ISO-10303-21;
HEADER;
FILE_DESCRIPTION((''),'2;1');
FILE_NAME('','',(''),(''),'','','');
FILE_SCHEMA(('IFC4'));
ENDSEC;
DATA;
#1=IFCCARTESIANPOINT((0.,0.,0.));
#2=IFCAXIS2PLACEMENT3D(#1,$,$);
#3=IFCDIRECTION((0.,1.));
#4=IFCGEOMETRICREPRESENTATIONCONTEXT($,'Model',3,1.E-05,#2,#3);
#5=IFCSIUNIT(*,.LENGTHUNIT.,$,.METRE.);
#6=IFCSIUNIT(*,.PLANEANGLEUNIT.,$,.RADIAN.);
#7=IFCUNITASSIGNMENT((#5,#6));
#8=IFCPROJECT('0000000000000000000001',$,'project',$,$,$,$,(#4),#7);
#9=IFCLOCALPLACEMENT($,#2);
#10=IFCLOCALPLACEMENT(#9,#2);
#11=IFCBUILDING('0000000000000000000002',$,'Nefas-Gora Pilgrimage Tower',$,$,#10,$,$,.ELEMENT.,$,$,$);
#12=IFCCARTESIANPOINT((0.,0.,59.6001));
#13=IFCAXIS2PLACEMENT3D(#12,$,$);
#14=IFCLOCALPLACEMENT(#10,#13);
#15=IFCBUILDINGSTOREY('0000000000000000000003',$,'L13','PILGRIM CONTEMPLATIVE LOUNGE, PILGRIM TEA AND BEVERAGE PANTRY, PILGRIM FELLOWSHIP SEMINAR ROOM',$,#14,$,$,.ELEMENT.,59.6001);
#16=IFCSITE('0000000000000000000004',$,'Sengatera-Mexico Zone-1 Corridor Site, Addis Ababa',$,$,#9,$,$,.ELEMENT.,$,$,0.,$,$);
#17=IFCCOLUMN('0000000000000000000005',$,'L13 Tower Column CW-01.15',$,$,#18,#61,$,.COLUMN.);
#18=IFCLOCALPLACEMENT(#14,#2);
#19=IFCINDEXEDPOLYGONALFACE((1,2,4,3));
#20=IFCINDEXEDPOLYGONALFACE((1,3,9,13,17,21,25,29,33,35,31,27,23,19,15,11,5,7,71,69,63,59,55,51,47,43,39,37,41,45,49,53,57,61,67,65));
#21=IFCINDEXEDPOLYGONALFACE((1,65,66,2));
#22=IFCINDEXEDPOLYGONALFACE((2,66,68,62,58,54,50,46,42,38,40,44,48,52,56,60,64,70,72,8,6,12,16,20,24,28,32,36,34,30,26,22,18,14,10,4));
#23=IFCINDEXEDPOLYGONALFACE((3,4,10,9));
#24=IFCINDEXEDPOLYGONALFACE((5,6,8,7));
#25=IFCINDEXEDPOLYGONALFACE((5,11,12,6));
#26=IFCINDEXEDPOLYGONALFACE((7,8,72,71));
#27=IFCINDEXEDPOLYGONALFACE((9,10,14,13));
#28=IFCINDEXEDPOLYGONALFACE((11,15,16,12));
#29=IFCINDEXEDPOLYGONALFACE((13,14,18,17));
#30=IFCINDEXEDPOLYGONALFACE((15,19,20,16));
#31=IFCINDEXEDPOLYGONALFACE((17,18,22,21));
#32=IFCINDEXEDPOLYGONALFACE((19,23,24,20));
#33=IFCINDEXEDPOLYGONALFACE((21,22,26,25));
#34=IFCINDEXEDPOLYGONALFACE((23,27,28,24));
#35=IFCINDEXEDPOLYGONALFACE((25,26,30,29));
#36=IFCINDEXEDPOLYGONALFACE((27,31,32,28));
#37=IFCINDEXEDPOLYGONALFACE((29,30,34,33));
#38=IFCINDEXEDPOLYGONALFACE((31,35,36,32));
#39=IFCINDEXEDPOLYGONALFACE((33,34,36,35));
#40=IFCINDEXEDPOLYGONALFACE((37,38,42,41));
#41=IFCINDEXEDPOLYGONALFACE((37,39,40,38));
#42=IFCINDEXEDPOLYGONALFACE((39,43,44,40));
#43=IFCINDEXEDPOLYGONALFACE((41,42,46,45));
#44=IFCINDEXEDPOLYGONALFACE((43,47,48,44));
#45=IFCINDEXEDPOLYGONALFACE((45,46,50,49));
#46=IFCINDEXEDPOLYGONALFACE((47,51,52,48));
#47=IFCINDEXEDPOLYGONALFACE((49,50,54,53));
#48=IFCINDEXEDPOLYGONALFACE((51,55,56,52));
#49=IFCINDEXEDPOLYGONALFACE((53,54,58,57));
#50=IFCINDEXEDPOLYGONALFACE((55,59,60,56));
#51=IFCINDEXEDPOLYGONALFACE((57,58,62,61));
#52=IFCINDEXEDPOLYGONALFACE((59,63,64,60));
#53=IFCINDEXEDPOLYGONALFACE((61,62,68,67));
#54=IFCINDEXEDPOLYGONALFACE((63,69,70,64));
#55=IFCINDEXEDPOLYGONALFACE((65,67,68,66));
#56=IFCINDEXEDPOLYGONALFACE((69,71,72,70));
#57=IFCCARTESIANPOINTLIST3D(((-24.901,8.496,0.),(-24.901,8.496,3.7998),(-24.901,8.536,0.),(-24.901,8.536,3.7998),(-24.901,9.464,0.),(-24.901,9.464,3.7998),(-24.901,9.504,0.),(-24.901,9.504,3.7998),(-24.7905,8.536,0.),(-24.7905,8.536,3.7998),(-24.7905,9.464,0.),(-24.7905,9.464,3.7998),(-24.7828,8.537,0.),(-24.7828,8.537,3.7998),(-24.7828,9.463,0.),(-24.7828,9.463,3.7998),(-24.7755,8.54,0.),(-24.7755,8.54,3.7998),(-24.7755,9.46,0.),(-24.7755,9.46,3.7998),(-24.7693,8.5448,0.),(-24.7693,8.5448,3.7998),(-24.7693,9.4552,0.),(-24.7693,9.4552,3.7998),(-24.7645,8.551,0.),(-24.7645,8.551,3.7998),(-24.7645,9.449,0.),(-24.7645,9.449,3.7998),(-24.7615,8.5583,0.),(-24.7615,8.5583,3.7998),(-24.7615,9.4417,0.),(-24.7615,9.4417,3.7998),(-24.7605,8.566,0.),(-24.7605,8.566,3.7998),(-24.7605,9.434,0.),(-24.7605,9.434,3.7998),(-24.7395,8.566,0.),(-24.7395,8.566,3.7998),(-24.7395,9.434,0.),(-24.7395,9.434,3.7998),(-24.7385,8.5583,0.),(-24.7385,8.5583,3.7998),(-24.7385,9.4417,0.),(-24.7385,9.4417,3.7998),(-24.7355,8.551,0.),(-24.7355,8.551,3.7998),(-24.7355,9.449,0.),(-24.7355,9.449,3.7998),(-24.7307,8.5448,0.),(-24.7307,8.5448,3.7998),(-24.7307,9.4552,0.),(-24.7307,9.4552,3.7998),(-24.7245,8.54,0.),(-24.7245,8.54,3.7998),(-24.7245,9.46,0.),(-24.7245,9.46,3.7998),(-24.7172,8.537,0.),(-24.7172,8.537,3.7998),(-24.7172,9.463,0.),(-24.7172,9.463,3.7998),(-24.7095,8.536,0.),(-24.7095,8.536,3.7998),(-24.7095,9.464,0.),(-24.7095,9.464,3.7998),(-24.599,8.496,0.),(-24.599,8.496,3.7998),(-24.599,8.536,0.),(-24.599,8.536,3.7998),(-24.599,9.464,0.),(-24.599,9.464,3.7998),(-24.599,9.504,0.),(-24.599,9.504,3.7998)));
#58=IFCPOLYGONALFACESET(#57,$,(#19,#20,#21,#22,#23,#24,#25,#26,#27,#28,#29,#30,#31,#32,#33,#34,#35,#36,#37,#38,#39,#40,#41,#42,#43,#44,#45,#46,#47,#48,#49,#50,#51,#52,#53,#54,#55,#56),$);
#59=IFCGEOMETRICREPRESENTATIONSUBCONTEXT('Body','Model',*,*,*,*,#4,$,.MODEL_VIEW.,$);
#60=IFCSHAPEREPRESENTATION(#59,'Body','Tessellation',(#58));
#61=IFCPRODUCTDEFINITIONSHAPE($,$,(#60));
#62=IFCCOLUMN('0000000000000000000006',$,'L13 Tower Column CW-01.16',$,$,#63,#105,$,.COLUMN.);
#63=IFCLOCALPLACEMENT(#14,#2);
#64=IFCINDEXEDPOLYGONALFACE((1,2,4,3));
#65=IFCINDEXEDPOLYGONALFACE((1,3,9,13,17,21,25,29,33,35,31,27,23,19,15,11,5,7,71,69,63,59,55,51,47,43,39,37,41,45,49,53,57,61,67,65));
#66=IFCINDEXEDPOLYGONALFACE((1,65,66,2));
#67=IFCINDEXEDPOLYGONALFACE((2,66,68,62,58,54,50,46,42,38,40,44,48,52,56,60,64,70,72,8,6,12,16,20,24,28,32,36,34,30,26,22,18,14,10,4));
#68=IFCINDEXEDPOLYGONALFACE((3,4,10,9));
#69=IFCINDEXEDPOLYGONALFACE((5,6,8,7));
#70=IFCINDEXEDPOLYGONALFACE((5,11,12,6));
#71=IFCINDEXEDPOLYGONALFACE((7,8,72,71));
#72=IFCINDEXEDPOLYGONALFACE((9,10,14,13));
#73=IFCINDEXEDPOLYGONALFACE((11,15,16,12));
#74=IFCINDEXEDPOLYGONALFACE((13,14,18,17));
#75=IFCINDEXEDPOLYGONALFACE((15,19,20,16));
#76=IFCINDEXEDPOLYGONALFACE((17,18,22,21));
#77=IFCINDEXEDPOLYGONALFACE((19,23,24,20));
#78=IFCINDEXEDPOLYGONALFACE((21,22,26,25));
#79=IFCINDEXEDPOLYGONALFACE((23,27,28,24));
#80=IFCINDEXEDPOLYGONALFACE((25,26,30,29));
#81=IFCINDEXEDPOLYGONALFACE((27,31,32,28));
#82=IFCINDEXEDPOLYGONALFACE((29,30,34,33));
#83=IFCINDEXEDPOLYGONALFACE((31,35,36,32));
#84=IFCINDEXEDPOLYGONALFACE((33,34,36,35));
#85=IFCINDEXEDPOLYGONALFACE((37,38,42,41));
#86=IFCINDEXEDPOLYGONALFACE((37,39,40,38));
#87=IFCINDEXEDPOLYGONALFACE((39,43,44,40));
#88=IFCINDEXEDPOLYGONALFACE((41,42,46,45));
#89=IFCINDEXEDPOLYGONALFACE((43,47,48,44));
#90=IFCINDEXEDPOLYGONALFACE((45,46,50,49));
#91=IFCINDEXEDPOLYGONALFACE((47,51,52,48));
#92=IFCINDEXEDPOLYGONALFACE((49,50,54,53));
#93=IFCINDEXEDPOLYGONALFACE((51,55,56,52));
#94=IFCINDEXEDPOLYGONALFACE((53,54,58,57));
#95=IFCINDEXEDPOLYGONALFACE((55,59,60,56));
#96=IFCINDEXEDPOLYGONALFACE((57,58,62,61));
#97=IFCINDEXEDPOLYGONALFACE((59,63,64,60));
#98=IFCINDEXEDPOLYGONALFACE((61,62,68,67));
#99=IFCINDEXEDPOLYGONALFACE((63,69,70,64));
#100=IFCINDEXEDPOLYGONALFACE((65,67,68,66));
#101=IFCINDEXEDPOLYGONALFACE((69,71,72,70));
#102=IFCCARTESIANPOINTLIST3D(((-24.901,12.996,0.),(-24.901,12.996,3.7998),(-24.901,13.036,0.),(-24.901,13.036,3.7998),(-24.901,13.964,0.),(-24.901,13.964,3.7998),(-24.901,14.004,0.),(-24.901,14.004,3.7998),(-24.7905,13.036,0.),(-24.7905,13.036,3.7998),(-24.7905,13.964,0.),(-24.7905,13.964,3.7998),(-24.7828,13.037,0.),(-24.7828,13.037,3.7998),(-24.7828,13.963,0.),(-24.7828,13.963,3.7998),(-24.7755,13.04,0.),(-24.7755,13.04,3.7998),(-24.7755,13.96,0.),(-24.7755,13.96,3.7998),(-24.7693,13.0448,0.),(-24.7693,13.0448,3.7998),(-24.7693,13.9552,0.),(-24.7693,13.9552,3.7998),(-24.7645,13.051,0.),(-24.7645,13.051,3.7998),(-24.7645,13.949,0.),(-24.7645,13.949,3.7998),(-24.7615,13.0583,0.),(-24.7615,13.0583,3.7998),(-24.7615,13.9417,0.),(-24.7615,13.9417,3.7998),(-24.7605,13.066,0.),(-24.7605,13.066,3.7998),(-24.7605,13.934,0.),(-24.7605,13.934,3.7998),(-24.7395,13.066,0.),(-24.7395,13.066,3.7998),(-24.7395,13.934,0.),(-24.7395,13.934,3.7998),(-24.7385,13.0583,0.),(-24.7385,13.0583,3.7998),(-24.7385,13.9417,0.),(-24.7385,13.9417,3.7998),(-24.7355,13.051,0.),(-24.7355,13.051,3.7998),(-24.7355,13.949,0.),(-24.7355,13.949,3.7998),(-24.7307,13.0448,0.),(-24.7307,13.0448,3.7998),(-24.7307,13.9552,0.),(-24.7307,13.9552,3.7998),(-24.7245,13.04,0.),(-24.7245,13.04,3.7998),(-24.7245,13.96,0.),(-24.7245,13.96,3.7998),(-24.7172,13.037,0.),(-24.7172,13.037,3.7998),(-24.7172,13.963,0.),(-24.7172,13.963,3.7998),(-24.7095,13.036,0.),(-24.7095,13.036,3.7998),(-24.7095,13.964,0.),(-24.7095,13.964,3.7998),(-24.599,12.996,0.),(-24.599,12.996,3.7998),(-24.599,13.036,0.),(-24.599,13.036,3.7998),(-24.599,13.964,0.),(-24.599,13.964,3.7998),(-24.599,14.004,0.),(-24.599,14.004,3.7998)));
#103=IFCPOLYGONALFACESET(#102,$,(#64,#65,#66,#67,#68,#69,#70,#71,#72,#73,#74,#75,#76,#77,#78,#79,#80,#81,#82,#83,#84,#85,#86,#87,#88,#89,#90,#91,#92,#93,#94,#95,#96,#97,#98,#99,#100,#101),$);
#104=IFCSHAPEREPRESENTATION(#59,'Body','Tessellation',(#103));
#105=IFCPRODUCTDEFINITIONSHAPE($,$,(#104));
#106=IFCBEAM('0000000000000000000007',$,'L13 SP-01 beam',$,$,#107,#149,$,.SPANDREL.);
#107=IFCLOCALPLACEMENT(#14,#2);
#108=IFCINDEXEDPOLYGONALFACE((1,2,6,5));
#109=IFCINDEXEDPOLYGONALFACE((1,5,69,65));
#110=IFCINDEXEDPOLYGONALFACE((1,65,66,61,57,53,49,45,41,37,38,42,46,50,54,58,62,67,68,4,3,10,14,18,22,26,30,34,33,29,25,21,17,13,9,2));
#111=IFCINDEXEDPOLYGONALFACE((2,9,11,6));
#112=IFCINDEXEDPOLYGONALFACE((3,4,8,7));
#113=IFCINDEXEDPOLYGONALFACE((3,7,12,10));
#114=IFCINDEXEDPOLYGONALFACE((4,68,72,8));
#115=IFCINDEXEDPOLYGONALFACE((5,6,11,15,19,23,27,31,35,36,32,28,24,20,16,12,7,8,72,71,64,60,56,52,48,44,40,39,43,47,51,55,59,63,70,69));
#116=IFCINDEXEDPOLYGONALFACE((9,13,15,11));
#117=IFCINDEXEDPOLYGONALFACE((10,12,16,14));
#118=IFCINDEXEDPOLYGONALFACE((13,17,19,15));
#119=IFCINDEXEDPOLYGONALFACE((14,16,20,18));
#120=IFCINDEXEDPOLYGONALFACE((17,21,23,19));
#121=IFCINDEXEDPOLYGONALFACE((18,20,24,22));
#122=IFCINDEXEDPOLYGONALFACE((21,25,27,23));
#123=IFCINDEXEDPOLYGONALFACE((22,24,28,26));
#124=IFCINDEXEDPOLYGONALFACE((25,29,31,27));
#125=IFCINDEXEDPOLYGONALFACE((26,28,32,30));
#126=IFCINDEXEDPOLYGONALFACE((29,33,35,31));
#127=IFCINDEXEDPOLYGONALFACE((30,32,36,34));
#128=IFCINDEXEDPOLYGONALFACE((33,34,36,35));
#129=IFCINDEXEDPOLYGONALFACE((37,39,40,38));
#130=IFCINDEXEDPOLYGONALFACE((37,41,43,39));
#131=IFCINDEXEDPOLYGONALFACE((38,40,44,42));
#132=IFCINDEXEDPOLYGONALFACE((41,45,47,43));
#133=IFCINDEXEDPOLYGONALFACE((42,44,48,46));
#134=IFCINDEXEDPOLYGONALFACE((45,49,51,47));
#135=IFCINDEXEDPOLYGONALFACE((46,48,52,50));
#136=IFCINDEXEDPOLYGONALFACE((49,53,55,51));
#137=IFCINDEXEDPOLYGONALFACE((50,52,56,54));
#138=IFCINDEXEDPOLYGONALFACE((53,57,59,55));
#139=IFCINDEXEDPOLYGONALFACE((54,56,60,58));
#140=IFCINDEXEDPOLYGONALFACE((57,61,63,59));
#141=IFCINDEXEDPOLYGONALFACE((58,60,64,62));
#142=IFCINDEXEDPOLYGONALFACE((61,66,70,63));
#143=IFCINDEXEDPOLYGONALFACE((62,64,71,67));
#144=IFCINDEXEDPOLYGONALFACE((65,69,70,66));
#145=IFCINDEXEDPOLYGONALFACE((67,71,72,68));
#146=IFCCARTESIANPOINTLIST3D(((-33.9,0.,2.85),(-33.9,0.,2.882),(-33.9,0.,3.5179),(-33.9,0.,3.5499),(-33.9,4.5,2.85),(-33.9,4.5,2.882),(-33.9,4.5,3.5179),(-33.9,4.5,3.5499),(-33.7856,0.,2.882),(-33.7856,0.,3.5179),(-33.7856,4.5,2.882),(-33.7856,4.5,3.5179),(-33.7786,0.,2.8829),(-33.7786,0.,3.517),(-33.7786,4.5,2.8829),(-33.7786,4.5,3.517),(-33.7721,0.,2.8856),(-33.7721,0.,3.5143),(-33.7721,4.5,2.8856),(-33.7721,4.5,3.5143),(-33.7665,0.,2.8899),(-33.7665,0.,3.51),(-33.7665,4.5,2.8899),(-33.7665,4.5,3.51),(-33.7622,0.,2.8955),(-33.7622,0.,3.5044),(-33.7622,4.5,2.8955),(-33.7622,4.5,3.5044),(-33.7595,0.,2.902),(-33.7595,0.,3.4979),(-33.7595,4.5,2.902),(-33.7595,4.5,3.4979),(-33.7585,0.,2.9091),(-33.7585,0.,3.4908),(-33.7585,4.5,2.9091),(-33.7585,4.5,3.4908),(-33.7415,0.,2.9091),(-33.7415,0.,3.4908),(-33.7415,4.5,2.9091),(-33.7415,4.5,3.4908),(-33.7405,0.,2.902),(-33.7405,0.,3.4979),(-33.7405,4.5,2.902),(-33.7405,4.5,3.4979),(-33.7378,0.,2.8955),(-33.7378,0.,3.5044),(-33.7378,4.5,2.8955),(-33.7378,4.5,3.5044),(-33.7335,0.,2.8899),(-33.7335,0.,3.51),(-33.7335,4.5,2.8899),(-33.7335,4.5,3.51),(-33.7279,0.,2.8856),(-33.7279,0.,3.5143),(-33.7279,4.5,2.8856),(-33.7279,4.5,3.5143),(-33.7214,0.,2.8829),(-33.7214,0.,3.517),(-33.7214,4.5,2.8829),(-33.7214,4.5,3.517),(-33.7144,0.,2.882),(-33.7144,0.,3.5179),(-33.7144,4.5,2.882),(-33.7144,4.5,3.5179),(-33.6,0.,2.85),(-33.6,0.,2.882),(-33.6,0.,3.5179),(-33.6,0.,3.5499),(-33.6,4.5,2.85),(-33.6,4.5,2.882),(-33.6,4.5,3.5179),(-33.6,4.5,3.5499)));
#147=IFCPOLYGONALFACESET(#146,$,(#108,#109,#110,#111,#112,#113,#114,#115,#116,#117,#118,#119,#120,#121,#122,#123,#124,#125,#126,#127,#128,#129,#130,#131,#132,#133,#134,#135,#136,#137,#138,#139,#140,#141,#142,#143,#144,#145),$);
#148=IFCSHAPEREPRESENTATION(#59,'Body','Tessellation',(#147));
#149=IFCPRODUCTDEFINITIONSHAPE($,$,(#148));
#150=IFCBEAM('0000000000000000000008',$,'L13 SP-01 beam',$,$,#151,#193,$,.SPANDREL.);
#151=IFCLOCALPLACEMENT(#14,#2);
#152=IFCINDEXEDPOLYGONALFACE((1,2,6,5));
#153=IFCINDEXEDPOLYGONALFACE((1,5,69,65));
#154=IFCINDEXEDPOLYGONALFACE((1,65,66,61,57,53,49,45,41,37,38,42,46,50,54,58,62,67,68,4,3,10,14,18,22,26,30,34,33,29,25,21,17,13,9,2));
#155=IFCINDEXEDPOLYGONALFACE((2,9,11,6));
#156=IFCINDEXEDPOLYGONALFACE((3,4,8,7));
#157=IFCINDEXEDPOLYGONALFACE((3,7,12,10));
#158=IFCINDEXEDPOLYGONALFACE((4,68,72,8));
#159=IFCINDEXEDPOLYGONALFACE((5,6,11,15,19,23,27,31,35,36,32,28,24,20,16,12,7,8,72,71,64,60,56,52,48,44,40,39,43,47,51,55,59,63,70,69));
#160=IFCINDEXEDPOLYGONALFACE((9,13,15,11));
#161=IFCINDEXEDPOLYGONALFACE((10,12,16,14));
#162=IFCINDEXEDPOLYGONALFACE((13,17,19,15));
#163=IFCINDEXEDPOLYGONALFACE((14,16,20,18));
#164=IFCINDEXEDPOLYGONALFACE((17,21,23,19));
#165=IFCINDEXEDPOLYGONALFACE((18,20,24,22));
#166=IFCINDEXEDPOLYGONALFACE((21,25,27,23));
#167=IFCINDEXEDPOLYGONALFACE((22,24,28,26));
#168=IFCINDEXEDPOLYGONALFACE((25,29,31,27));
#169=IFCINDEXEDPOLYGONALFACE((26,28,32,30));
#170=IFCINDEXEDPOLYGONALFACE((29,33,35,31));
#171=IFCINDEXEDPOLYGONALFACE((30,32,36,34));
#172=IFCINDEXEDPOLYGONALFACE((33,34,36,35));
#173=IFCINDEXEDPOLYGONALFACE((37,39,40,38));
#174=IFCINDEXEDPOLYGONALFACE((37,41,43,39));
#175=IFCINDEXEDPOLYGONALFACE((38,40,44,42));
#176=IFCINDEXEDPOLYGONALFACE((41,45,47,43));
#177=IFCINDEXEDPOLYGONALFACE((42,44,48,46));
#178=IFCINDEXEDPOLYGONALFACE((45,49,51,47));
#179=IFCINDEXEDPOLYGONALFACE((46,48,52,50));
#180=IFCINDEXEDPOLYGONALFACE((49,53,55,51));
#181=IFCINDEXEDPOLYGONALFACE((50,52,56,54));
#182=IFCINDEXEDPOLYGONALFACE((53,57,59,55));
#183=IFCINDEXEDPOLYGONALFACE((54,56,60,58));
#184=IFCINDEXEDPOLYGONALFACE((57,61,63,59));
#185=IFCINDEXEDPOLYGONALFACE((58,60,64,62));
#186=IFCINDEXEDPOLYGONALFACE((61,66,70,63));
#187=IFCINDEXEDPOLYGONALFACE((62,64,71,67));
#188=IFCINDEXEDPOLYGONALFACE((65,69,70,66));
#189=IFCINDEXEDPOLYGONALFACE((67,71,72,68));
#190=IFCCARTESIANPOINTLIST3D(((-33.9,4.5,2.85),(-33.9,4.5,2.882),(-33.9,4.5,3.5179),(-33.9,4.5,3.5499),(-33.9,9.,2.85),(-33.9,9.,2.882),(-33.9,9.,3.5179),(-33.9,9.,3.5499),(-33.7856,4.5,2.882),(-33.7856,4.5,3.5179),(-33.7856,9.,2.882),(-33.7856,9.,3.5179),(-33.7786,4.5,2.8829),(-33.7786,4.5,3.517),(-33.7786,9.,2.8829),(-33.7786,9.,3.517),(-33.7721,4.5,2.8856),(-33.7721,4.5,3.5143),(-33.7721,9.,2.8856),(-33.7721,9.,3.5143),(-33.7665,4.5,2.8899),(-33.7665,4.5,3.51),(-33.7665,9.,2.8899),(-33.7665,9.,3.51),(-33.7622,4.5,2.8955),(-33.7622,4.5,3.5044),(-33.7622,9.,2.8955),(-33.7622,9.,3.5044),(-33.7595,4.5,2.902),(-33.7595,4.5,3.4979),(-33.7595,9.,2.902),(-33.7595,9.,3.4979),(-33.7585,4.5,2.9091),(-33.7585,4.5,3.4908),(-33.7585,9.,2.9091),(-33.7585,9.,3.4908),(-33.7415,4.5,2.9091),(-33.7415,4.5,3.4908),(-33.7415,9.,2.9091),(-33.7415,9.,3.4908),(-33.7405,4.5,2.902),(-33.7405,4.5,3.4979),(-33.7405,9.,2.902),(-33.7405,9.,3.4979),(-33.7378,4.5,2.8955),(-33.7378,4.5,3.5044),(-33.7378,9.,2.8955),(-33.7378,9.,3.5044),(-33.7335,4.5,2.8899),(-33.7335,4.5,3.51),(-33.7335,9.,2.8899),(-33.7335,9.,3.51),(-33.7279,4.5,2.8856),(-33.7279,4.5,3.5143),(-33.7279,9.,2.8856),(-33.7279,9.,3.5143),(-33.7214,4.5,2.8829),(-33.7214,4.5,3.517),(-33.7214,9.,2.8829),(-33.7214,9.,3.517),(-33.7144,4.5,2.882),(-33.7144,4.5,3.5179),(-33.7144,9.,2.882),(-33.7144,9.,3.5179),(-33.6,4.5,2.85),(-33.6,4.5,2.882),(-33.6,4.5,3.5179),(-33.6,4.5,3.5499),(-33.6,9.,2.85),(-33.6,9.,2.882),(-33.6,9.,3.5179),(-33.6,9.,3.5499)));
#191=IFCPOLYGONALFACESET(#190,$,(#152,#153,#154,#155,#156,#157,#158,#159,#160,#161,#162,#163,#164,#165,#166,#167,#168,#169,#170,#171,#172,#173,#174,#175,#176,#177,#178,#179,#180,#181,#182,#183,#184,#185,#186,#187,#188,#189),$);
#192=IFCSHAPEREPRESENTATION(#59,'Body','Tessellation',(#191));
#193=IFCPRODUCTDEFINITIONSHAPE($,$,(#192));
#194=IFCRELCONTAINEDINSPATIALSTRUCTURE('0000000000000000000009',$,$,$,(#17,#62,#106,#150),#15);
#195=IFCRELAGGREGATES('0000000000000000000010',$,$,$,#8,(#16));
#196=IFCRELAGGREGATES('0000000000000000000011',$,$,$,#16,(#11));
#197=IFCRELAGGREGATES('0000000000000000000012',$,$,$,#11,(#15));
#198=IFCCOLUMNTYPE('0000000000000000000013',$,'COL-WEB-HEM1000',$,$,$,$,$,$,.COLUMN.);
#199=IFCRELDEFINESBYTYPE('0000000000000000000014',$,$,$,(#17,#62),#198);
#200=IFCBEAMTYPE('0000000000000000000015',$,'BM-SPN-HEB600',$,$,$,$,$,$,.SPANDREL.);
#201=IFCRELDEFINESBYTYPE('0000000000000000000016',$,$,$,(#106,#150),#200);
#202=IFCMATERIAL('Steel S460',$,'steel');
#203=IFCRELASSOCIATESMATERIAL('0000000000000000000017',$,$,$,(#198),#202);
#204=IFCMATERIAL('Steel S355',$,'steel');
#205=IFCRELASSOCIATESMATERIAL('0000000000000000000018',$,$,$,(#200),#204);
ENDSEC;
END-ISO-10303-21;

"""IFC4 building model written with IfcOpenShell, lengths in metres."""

from ifc_helpers import new_model, si_unit, direction, frame, origin, origin_2d, place, context, subcontext, project, spatial, i_section, extrude, source, transform, mapped, material, material_profile, profile_set, type_object, element, save


model = new_model("IFC4")

# Units and contexts
model_context = context("Model", 3, precision=1e-05, world=origin(), true_north=direction((0.0, 1.0)))
body_context = subcontext(model_context, "Body", "Model", "MODEL_VIEW")
ifc_project = project(units=[si_unit("LENGTHUNIT", "METRE"), si_unit("PLANEANGLEUNIT", "RADIAN")], contexts=[model_context])

# Site, building, storey
site_placement = place(None, origin())
site = spatial("IfcSite", under=ifc_project, at=site_placement, Name="Sengatera-Mexico Zone-1 Corridor Site, Addis Ababa", CompositionType="ELEMENT", RefElevation=0.0)
building_placement = place(site_placement, origin())
building = spatial("IfcBuilding", under=site, at=building_placement, Name="Nefas-Gora Pilgrimage Tower", CompositionType="ELEMENT")
storey_placement = place(building_placement, frame((0.0, 0.0, 59.6001)))
storey = spatial("IfcBuildingStorey", under=building, at=storey_placement, Name="L13", Description="PILGRIM CONTEMPLATIVE LOUNGE, PILGRIM TEA AND BEVERAGE PANTRY, PILGRIM FELLOWSHIP SEMINAR ROOM", CompositionType="ELEMENT", Elevation=59.6001)

# Columns
ifc_material_1 = material(Name="Steel S460", Category="steel")
ifc_material_profile_1 = material_profile(ifc_material_1, i_section(OverallWidth=0.302, OverallDepth=1.0081, WebThickness=0.021, FlangeThickness=0.04, FilletRadius=0.03, at=origin_2d()), Name="HEM 1000")
ifc_profile_set_1 = profile_set([ifc_material_profile_1], Name="Steel S460")
column_type_1 = type_object("IfcColumnType", Name="COL-WEB-HEM1000", PredefinedType="COLUMN", material=ifc_profile_set_1)
shared_shape_1 = source(origin(), body_context, "Body", "SweptSolid", [
    extrude(i_section(OverallWidth=0.302, OverallDepth=1.0081, WebThickness=0.021, FlangeThickness=0.04, FilletRadius=0.03, at=origin_2d()), origin(), (0.0, 0.0, 1.0), 3.7998),
])
for number, where, z_axis, x_axis, name in (
    (1, (-24.75, 9.0, 0.0), (0.0, 0.0, 1.0), (1.0, 0.0, 0.0), "L13 Tower Column CW-01.15"),
    (2, (-24.75, 13.5, 0.0), (0.0, 0.0, 1.0), (1.0, 0.0, 0.0), "L13 Tower Column CW-01.16"),
):
    element("IfcColumn", number, at=place(storey_placement, frame(where, z_axis=z_axis, x_axis=x_axis)), inside=storey, type_object=column_type_1, Name=name, PredefinedType="COLUMN", context=body_context, shape_type="MappedRepresentation", body=[
        mapped(shared_shape_1, transform((0.0, 0.0, 0.0), x_axis=(1.0, 0.0, 0.0), y_axis=(0.0, 1.0, 0.0), z_axis=(0.0, 0.0, 1.0), scale=1.0)),
    ])

# Beams
ifc_material_2 = material(Name="Steel S355", Category="steel")
ifc_material_profile_2 = material_profile(ifc_material_2, i_section(OverallWidth=0.3, OverallDepth=0.7, WebThickness=0.0171, FlangeThickness=0.032, FilletRadius=0.0271, at=origin_2d()), Name="HEB 700")
ifc_profile_set_2 = profile_set([ifc_material_profile_2], Name="Steel S355")
beam_type_1 = type_object("IfcBeamType", Name="BM-SPN-HEB600", PredefinedType="SPANDREL", material=ifc_profile_set_2)
shared_shape_2 = source(origin(), body_context, "Body", "SweptSolid", [
    extrude(i_section(OverallWidth=0.3, OverallDepth=0.7, WebThickness=0.0171, FlangeThickness=0.032, FilletRadius=0.0271, at=origin_2d()), origin(), (0.0, 0.0, 1.0), 4.5),
])
for number, where, z_axis, x_axis, name in (
    (3, (-33.75, 0.0, 3.2), (0.0, 1.0, 0.0), (-1.0, 0.0, 0.0), "L13 SP-01 beam"),
    (4, (-33.75, 4.5, 3.2), (0.0, 1.0, 0.0), (-1.0, 0.0, 0.0), "L13 SP-01 beam"),
):
    element("IfcBeam", number, at=place(storey_placement, frame(where, z_axis=z_axis, x_axis=x_axis)), inside=storey, type_object=beam_type_1, Name=name, PredefinedType="SPANDREL", context=body_context, shape_type="MappedRepresentation", body=[
        mapped(shared_shape_2, transform((0.0, 0.0, 0.0), x_axis=(1.0, 0.0, 0.0), y_axis=(0.0, 1.0, 0.0), z_axis=(0.0, 0.0, 1.0), scale=1.0)),
    ])

save(model, "model.ifc")
